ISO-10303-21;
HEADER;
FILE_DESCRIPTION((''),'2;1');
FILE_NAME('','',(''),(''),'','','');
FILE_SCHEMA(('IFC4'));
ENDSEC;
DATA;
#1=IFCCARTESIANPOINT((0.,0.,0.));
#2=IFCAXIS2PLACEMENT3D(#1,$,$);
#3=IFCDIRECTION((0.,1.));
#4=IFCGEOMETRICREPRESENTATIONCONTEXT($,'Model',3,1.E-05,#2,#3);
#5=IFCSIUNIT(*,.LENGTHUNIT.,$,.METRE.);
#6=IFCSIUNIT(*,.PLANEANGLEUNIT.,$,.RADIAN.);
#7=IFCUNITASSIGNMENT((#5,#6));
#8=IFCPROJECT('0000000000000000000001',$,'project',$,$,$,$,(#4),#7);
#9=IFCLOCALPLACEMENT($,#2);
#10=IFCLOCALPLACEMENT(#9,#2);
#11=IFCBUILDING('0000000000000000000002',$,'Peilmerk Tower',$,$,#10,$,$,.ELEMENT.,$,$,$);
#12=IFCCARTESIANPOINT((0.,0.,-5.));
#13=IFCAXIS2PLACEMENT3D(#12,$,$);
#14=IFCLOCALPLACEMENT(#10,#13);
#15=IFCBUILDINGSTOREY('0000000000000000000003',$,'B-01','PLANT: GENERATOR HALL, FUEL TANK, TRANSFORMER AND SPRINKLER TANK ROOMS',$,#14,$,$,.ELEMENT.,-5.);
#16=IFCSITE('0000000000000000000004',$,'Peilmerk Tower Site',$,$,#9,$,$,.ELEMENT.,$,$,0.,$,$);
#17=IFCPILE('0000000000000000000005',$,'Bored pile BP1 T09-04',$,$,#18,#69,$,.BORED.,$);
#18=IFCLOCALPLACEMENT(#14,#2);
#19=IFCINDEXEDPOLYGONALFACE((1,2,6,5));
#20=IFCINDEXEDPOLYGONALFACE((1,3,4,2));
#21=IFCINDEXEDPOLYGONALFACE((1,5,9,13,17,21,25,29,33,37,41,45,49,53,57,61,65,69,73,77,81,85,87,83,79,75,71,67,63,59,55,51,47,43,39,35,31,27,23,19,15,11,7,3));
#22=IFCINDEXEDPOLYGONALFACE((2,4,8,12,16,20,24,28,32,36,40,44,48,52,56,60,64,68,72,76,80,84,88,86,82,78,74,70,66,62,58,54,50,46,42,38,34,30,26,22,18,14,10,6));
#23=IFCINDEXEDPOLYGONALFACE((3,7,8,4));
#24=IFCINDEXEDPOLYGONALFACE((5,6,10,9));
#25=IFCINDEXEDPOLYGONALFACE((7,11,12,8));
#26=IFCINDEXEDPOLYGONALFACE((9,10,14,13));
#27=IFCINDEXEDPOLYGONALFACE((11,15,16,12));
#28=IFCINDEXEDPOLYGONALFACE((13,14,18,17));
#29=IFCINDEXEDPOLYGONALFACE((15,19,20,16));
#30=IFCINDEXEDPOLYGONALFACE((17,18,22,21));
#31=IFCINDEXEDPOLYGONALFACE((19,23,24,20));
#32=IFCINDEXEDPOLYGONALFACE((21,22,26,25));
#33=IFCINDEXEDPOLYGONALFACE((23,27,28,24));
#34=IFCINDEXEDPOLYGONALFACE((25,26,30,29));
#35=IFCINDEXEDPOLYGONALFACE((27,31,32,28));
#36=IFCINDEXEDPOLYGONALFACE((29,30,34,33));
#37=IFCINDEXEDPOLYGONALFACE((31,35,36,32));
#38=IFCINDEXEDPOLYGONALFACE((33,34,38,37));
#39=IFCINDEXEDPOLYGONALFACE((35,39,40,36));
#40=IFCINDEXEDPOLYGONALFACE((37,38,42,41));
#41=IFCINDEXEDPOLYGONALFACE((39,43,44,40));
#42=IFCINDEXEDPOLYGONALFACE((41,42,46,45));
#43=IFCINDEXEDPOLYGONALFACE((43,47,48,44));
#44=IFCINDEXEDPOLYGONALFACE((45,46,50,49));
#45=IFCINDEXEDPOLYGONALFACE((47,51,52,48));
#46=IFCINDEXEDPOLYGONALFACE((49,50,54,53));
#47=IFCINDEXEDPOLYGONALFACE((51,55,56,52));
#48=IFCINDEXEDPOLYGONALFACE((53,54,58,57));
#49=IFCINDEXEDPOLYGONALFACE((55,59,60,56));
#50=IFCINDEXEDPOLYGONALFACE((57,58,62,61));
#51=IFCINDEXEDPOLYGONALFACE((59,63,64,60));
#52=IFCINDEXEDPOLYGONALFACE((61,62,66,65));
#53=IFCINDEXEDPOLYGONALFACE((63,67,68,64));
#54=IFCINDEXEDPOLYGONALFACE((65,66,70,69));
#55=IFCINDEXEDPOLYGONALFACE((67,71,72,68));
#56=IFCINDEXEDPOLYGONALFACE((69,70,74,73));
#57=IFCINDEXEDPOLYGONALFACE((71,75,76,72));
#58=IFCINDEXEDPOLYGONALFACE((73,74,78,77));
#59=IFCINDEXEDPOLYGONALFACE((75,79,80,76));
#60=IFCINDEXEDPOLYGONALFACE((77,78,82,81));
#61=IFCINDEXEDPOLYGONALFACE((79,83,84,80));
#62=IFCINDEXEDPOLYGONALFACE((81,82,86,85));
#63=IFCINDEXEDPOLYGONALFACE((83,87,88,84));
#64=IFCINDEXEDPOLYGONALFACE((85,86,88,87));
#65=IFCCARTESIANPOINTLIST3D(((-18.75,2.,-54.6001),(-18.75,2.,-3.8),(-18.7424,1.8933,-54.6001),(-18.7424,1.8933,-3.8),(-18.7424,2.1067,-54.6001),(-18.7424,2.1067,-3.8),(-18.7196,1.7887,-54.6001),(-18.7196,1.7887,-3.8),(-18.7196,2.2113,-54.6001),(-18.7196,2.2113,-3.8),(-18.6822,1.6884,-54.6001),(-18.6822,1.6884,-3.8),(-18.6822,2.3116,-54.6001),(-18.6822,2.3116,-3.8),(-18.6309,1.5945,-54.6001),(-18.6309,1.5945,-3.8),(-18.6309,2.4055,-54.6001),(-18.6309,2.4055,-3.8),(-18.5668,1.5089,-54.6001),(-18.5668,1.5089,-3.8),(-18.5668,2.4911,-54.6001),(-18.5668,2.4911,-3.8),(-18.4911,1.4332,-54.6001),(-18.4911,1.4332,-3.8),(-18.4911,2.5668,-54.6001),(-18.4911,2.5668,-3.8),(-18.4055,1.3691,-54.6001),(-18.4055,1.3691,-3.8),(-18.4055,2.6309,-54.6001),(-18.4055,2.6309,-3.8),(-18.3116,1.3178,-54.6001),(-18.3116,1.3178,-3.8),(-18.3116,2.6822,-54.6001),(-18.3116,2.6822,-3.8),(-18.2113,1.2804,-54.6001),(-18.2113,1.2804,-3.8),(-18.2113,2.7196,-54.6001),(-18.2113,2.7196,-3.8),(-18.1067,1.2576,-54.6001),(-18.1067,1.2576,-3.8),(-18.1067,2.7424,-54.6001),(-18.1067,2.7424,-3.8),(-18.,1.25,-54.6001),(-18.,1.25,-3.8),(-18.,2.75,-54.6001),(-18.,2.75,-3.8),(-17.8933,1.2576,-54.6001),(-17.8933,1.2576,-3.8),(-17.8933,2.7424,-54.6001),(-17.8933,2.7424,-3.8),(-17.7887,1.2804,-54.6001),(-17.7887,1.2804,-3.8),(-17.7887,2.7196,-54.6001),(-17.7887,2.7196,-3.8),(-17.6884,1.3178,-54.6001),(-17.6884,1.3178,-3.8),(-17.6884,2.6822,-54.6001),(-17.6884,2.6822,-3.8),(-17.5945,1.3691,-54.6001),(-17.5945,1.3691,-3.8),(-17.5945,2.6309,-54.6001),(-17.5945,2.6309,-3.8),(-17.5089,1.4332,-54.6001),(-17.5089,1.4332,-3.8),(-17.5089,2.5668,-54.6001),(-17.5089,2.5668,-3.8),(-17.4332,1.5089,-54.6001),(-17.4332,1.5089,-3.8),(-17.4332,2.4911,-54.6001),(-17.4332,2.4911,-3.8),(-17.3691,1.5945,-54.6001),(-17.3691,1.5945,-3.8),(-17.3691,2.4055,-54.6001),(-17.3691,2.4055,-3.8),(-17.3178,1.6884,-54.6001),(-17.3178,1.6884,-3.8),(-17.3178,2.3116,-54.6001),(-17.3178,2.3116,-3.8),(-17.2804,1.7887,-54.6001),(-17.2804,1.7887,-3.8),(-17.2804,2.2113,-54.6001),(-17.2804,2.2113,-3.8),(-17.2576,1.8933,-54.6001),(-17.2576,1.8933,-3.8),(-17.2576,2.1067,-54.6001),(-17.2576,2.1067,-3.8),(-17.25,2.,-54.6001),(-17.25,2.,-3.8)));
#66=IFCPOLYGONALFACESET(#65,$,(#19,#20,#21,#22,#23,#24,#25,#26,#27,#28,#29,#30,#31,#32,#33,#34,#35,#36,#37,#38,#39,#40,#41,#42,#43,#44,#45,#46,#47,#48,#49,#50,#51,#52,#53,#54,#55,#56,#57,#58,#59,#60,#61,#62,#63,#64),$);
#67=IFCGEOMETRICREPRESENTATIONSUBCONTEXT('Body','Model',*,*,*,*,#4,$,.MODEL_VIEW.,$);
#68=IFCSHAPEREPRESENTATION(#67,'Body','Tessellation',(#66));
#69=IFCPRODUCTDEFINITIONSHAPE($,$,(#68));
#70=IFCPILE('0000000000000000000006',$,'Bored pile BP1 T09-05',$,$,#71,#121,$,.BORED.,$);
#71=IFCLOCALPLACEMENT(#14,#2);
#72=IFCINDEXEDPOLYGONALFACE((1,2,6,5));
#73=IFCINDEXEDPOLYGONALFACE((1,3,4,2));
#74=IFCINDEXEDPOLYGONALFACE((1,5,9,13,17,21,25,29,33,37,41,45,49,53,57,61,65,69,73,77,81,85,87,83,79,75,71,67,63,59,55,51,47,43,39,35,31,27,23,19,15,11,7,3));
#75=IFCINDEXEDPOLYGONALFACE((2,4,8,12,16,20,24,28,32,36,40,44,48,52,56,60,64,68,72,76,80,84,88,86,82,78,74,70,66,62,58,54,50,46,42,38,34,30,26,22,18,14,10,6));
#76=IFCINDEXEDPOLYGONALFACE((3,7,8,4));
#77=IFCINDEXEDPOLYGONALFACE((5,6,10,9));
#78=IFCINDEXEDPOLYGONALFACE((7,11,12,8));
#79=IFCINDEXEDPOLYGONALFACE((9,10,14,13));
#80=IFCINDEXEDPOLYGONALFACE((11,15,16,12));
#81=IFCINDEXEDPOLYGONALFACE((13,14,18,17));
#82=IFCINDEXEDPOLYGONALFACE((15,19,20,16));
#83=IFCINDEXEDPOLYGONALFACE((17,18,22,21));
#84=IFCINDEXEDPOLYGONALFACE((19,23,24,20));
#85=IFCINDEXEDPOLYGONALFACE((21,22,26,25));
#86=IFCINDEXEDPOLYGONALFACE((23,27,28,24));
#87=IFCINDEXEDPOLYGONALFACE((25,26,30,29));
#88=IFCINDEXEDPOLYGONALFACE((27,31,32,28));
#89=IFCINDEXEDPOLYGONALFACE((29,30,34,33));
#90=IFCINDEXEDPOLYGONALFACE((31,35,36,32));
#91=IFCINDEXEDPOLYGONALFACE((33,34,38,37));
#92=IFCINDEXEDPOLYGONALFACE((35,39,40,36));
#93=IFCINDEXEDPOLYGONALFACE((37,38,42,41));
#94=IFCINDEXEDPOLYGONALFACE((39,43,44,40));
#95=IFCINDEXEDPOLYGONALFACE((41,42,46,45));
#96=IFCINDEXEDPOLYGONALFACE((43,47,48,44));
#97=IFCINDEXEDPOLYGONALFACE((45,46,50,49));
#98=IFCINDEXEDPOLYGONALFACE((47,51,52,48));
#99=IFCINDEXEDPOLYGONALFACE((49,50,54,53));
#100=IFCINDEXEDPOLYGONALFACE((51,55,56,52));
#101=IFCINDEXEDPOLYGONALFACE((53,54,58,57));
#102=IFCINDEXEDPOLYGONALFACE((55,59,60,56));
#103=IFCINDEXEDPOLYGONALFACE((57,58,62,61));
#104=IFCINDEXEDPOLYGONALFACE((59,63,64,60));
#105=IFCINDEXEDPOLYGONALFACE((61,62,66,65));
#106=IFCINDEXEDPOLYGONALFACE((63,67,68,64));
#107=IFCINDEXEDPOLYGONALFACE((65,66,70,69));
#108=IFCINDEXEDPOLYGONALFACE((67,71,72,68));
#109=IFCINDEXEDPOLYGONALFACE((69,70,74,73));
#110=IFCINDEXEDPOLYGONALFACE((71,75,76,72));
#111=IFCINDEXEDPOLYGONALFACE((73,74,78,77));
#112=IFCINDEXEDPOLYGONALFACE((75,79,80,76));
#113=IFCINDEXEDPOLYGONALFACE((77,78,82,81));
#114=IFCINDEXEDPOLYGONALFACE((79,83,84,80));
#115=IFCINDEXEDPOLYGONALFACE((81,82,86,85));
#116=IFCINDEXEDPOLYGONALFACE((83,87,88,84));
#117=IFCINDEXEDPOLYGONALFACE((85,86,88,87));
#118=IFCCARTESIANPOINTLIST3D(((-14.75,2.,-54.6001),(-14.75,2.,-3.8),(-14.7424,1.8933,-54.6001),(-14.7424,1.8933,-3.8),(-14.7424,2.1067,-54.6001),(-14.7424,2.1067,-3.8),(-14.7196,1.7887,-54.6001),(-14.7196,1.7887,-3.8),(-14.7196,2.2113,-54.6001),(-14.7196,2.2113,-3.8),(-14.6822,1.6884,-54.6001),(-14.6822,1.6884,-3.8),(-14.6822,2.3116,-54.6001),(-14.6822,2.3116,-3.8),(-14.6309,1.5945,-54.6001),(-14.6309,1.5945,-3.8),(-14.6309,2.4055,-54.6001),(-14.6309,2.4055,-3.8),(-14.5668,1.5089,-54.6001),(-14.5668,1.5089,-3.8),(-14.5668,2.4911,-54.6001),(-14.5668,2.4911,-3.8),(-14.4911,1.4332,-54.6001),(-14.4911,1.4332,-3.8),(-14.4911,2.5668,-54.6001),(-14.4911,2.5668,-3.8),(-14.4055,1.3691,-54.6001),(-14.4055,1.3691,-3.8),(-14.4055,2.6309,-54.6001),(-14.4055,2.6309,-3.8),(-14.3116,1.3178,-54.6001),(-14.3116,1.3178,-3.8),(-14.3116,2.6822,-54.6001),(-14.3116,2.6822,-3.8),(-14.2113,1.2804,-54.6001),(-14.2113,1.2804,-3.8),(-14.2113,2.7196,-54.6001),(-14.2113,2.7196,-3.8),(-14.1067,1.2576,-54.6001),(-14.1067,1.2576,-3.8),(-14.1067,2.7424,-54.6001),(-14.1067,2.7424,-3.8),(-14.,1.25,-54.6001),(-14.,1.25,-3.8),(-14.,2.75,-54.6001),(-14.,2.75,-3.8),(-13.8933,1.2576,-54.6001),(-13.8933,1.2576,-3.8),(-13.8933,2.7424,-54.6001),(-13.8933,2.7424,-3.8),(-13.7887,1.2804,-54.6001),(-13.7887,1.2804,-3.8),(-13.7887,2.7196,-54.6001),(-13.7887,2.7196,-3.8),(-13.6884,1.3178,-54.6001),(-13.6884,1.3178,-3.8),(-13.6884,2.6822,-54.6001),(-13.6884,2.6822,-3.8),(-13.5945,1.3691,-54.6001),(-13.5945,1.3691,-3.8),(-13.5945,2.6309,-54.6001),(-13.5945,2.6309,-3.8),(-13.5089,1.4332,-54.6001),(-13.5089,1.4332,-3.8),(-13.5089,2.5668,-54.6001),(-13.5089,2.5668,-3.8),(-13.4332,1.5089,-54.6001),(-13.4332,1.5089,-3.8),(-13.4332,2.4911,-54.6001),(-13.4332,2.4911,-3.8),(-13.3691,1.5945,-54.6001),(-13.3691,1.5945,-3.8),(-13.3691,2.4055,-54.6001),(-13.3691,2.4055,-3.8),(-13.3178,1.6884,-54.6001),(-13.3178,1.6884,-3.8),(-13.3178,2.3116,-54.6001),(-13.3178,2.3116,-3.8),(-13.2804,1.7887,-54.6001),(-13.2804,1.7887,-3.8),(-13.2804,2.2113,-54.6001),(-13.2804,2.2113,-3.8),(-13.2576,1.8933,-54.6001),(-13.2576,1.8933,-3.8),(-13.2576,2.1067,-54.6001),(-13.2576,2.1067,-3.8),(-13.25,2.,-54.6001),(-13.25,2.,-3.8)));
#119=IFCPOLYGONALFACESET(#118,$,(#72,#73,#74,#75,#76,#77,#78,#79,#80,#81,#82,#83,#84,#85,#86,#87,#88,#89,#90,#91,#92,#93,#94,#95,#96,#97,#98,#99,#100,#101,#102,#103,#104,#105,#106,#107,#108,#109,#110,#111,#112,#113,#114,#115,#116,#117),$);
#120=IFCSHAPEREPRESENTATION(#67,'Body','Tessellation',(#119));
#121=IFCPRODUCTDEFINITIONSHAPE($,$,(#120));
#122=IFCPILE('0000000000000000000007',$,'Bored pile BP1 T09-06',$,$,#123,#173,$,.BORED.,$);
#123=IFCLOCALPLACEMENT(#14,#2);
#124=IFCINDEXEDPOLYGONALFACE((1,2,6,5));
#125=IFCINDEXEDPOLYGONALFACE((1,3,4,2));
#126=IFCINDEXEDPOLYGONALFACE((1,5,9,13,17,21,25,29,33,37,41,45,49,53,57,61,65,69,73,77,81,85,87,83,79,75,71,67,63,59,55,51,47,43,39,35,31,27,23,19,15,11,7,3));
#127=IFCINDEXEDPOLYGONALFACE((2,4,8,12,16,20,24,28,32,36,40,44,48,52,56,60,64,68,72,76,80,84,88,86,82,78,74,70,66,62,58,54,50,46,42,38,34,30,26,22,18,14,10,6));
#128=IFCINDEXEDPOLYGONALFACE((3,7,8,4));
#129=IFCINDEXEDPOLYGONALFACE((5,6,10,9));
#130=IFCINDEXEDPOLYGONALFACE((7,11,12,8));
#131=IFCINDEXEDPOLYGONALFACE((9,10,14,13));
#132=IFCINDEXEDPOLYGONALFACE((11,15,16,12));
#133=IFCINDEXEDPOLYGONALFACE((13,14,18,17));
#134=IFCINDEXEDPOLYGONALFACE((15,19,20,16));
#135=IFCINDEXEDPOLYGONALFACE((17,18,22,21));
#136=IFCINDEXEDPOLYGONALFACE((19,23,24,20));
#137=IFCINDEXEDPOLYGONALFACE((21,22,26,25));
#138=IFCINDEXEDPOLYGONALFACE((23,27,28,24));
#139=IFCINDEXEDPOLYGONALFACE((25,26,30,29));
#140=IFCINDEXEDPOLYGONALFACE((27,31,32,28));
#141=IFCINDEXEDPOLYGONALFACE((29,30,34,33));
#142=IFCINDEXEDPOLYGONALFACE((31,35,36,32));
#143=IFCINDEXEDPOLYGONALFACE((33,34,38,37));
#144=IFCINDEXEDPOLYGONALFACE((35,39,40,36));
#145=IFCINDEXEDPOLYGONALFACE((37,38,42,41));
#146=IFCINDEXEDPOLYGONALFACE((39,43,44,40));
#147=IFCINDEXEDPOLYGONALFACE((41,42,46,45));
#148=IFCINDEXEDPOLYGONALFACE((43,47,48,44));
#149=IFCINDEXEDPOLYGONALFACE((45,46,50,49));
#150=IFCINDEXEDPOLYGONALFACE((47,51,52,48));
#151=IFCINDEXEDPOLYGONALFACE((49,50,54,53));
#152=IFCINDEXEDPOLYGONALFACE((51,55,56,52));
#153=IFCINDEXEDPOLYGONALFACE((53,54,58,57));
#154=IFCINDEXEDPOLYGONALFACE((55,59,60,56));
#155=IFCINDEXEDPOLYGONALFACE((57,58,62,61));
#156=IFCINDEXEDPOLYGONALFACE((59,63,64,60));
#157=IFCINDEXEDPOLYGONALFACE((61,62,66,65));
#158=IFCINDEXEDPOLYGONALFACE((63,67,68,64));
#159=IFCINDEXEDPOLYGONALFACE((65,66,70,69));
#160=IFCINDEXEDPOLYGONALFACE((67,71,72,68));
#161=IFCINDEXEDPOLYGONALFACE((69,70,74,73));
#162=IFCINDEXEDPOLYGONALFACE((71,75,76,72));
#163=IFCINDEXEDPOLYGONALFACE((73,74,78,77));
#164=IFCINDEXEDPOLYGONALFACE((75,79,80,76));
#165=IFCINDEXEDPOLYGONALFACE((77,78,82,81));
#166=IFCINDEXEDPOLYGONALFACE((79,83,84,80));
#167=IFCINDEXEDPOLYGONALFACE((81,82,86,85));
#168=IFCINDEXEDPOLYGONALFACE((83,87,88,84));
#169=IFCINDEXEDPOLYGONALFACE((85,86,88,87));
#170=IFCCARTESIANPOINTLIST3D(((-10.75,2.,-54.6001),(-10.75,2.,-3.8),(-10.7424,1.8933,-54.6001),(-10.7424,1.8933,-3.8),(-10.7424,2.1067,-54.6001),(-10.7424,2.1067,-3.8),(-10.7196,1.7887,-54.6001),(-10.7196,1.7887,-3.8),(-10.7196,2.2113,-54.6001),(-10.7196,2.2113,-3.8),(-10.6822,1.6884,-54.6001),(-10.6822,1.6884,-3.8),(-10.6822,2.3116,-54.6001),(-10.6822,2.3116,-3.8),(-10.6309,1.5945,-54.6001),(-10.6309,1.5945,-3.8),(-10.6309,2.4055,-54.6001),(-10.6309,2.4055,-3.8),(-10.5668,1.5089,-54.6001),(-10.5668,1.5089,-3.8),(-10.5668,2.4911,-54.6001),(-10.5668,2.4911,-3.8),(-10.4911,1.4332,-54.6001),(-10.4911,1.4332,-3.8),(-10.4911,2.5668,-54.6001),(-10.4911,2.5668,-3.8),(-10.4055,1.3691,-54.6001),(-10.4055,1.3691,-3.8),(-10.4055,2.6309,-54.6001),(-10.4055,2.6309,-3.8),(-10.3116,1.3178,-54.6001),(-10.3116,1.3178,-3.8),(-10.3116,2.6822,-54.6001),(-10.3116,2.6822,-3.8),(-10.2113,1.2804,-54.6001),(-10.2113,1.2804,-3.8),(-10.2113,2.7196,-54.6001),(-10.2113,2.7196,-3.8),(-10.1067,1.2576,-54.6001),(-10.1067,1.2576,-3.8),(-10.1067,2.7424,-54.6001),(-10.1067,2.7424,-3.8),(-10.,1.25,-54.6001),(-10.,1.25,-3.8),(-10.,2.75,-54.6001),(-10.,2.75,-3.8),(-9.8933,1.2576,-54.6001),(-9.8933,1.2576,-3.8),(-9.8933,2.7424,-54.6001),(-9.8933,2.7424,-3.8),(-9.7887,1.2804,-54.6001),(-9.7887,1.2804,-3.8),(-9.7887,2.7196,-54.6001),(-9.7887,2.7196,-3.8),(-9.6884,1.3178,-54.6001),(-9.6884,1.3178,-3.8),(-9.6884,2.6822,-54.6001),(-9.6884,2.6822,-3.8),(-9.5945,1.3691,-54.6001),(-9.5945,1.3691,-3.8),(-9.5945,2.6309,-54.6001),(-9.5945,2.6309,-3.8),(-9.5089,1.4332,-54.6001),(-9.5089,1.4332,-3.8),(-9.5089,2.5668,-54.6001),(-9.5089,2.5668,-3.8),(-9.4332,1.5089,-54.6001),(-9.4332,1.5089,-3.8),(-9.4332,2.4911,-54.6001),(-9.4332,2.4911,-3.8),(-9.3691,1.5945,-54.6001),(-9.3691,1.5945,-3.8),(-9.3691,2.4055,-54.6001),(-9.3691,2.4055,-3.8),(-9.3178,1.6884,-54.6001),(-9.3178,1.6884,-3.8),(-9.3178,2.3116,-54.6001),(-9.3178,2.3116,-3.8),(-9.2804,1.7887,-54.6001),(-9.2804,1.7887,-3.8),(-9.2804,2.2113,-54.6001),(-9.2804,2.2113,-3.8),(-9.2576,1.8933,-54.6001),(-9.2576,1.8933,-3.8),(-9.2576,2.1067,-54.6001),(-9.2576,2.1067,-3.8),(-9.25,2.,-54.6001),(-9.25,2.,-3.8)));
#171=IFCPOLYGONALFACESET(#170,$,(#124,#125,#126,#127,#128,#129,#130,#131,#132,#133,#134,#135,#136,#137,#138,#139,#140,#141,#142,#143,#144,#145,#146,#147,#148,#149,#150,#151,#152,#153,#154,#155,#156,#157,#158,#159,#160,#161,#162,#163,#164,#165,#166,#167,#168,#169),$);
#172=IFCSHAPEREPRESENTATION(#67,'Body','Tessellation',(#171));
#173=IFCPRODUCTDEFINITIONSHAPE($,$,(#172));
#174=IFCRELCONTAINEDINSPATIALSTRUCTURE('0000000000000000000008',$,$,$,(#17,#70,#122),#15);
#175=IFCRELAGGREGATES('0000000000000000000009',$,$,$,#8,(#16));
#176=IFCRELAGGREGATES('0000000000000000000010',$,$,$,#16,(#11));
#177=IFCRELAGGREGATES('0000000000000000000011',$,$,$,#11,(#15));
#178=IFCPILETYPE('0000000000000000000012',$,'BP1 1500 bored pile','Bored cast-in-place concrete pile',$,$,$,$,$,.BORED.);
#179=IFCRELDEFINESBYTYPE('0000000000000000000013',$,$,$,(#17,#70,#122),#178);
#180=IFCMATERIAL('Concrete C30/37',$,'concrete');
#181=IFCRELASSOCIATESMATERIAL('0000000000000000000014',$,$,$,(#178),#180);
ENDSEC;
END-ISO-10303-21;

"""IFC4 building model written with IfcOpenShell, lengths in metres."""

from ifc_helpers import new_model, si_unit, direction, frame, origin, origin_2d, place, context, subcontext, project, spatial, circle, extrude, material, material_profile, profile_set, type_object, element, save


model = new_model("IFC4")

# Units and contexts
model_context = context("Model", 3, precision=1e-05, world=origin(), true_north=direction((0.0, 1.0)))
body_context = subcontext(model_context, "Body", "Model", "MODEL_VIEW")
ifc_project = project(units=[si_unit("LENGTHUNIT", "METRE"), si_unit("PLANEANGLEUNIT", "RADIAN")], contexts=[model_context])

# Site, building, storey
site_placement = place(None, origin())
site = spatial("IfcSite", under=ifc_project, at=site_placement, Name="Peilmerk Tower Site", CompositionType="ELEMENT", RefElevation=0.0)
building_placement = place(site_placement, origin())
building = spatial("IfcBuilding", under=site, at=building_placement, Name="Peilmerk Tower", CompositionType="ELEMENT")
storey_placement = place(building_placement, frame((0.0, 0.0, -5.0)))
storey = spatial("IfcBuildingStorey", under=building, at=storey_placement, Name="B-01", Description="PLANT: GENERATOR HALL, FUEL TANK, TRANSFORMER AND SPRINKLER TANK ROOMS", CompositionType="ELEMENT", Elevation=-5.0)

# Piles
ifc_material_1 = material(Name="Concrete C30/37", Category="concrete")
ifc_material_profile = material_profile(ifc_material_1, circle(Radius=0.75, at=origin_2d()), Name="BP 1500")
ifc_profile_set = profile_set([ifc_material_profile], Name="Concrete C30/37")
pile_type = type_object("IfcPileType", Name="BP1 1500 bored pile", Description="Bored cast-in-place concrete pile", PredefinedType="BORED", material=ifc_profile_set)
for number, where, z_axis, x_axis, name in (
    (1, (-18.0, 2.0, -3.8), (0.0, 0.0, -1.0), (1.0, 0.0, 0.0), "Bored pile BP1 T09-04"),
    (2, (-14.0, 2.0, -3.8), (0.0, 0.0, -1.0), (1.0, 0.0, 0.0), "Bored pile BP1 T09-05"),
    (3, (-10.0, 2.0, -3.8), (0.0, 0.0, -1.0), (1.0, 0.0, 0.0), "Bored pile BP1 T09-06"),
):
    element("IfcPile", number, at=place(storey_placement, frame(where, z_axis=z_axis, x_axis=x_axis)), inside=storey, type_object=pile_type, Name=name, PredefinedType="BORED", context=body_context, shape_type="SweptSolid", body=[
        extrude(circle(Radius=0.75, at=origin_2d()), origin(), (0.0, 0.0, 1.0), 50.8),
    ])

save(model, "model.ifc")
